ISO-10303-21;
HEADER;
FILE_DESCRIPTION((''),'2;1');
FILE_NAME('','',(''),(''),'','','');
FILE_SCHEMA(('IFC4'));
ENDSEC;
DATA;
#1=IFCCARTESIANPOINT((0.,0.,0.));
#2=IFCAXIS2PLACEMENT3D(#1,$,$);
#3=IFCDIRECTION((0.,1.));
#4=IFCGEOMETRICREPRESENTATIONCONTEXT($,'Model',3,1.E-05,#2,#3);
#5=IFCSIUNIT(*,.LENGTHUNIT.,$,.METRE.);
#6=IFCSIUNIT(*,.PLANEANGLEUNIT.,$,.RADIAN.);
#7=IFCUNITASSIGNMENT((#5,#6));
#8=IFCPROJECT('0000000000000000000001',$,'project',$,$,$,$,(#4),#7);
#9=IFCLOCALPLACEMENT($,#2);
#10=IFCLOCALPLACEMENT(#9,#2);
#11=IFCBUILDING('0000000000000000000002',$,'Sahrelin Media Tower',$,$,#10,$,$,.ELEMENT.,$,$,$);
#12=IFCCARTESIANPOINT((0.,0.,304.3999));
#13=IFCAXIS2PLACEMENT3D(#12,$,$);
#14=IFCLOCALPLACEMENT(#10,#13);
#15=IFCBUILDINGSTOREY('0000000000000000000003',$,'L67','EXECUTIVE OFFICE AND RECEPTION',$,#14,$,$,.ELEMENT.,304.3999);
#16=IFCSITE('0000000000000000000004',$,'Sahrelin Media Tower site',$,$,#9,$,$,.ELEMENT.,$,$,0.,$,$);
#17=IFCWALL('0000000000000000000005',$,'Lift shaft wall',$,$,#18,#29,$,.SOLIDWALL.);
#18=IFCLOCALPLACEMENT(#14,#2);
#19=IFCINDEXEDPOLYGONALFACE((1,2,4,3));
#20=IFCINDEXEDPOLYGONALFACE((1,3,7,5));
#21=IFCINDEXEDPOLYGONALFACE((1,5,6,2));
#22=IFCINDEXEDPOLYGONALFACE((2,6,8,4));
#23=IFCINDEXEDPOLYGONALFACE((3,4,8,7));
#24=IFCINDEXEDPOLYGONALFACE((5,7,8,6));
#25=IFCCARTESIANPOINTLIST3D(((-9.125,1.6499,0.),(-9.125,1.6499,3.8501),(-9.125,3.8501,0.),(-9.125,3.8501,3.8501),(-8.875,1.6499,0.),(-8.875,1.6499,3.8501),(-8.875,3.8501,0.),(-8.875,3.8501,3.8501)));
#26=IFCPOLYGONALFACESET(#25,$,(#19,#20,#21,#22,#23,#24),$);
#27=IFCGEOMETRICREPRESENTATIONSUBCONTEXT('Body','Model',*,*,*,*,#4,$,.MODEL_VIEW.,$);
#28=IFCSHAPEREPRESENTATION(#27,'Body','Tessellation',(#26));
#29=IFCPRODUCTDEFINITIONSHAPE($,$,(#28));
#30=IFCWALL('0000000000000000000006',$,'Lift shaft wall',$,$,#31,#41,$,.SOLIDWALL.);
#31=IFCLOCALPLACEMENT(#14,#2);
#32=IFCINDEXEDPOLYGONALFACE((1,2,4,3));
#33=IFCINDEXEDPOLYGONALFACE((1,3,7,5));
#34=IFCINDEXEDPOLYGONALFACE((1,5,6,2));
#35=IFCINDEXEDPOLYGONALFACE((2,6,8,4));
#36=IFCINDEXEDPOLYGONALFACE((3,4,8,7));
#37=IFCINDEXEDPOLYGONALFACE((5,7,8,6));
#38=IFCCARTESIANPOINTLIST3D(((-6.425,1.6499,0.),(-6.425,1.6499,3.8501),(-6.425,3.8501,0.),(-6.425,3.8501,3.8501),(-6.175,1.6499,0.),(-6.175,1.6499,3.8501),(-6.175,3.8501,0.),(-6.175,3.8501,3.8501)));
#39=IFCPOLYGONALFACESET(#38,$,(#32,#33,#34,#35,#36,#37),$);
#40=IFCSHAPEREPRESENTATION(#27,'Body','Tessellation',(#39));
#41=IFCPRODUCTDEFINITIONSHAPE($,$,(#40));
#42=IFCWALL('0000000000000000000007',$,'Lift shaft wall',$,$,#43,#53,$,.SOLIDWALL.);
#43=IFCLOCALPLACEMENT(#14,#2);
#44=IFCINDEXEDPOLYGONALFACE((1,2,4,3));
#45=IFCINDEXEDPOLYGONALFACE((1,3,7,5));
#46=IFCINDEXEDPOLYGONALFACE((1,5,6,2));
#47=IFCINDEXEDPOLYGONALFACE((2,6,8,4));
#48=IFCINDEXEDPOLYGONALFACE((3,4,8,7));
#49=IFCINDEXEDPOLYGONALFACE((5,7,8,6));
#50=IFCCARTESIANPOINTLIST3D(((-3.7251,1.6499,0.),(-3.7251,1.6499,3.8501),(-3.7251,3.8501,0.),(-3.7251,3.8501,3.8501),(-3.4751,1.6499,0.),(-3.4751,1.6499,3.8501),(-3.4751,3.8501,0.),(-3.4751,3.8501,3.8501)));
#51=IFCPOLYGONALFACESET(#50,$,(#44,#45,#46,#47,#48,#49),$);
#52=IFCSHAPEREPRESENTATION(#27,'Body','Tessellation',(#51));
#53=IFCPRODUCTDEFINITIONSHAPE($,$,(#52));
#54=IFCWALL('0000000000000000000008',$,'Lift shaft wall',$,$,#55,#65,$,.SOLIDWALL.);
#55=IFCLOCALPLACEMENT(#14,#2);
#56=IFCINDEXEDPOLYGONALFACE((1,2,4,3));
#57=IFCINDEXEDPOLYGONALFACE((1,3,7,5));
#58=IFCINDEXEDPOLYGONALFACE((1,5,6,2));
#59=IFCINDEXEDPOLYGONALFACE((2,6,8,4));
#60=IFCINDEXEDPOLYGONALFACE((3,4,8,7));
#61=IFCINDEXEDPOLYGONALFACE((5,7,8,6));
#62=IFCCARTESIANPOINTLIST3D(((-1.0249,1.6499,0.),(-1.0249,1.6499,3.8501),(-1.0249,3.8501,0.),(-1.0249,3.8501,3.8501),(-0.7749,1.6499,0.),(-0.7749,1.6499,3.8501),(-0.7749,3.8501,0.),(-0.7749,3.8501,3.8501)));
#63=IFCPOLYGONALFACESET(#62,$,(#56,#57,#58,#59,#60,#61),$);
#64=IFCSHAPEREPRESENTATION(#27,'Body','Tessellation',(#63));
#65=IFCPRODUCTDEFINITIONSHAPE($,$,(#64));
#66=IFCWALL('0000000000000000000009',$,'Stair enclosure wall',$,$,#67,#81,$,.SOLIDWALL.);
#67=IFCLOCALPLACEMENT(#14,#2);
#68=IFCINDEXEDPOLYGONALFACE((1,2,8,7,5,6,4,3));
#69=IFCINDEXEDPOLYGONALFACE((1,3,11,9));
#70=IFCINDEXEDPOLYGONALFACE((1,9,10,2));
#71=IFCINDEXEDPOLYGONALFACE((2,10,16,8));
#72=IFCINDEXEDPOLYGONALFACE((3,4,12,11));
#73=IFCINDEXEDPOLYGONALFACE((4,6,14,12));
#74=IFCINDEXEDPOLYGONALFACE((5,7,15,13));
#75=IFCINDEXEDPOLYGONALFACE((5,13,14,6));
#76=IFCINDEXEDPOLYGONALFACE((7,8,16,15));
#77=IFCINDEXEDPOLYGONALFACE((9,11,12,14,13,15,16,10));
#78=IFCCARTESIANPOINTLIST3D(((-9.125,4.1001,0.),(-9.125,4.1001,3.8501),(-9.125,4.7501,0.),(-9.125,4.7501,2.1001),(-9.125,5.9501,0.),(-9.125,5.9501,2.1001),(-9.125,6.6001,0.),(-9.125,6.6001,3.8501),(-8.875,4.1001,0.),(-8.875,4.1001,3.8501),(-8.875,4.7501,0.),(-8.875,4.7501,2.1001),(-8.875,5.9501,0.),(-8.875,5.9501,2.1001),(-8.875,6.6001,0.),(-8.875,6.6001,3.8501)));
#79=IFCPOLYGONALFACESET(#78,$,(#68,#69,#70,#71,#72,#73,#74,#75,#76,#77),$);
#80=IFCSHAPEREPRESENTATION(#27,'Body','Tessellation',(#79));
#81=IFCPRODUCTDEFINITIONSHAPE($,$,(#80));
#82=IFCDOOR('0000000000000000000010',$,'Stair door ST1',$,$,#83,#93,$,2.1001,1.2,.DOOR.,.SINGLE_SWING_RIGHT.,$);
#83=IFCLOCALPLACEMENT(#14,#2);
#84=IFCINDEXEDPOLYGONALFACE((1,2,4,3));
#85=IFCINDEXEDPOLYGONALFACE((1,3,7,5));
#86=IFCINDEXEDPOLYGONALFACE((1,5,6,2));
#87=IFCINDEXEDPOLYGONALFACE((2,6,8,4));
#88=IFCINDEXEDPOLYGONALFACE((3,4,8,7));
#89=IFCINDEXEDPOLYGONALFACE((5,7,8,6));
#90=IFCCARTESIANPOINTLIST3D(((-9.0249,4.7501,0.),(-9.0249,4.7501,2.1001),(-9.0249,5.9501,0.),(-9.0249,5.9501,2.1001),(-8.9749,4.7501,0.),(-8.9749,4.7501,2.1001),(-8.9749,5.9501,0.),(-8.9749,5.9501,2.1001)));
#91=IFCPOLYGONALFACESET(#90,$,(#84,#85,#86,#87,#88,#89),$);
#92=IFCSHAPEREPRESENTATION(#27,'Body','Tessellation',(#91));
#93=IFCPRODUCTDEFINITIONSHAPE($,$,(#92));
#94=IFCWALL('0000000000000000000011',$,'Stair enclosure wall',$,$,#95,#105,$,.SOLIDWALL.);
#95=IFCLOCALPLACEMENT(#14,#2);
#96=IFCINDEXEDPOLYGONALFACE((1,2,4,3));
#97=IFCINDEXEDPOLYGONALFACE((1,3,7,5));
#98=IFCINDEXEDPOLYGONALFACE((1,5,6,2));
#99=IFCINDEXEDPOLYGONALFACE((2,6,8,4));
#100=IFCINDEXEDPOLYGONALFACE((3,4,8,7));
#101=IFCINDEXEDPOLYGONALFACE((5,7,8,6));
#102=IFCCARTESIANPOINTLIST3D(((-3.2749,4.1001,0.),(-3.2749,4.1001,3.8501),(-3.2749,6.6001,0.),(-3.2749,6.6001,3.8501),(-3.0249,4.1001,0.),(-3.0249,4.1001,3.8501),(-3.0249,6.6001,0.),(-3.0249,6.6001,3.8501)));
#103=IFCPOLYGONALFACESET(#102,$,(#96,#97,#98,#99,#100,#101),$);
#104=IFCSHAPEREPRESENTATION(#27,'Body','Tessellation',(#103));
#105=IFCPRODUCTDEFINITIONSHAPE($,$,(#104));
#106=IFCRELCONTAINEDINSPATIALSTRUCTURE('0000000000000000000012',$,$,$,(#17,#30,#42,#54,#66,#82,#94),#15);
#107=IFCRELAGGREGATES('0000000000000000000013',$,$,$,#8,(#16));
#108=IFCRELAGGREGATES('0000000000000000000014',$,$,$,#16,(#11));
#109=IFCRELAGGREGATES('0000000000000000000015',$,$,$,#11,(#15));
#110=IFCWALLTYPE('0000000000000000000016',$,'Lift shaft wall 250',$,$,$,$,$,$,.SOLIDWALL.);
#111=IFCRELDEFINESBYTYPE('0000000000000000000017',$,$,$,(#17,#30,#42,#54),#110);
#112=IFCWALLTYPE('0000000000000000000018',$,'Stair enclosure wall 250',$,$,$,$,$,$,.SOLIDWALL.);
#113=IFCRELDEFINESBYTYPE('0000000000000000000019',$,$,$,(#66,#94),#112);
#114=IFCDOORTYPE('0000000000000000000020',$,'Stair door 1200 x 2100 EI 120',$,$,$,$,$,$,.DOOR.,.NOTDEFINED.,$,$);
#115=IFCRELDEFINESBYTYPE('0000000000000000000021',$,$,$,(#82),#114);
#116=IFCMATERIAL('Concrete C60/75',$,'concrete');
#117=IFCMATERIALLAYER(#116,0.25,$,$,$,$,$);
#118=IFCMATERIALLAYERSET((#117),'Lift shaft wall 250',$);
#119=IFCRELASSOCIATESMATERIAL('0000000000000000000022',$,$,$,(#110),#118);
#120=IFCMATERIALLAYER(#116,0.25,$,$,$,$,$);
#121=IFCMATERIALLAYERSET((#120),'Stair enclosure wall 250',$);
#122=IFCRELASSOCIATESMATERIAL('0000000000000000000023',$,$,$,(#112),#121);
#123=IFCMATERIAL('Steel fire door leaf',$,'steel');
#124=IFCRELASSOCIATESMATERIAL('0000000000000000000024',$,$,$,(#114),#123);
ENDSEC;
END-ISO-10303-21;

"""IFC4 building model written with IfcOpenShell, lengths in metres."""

from ifc_helpers import new_model, si_unit, direction, frame, frame_2d, origin, place, context, subcontext, project, spatial, rectangle, extrude, material, layer, layer_set, type_object, element, fill, save


model = new_model("IFC4")

# Units and contexts
model_context = context("Model", 3, precision=1e-05, world=origin(), true_north=direction((0.0, 1.0)))
body_context = subcontext(model_context, "Body", "Model", "MODEL_VIEW")
ifc_project = project(units=[si_unit("LENGTHUNIT", "METRE"), si_unit("PLANEANGLEUNIT", "RADIAN")], contexts=[model_context])

# Site, building, storey
site_placement = place(None, origin())
site = spatial("IfcSite", under=ifc_project, at=site_placement, Name="Sahrelin Media Tower site", CompositionType="ELEMENT", RefElevation=0.0)
building_placement = place(site_placement, origin())
building = spatial("IfcBuilding", under=site, at=building_placement, Name="Sahrelin Media Tower", CompositionType="ELEMENT")
storey_placement = place(building_placement, frame((0.0, 0.0, 304.3999)))
storey = spatial("IfcBuildingStorey", under=building, at=storey_placement, Name="L67", Description="EXECUTIVE OFFICE AND RECEPTION", CompositionType="ELEMENT", Elevation=304.3999)

# Shared definitions
ifc_material_1 = material(Name="Concrete C60/75", Category="concrete")

# Shared definitions
ifc_material_2 = material(Name="Steel fire door leaf", Category="steel")

# Shared definitions
ifc_layer_1 = layer(ifc_material_1, 0.25)
ifc_layer_set_1 = layer_set([ifc_layer_1], Name="Lift shaft wall 250")
wall_type_1 = type_object("IfcWallType", Name="Lift shaft wall 250", PredefinedType="SOLIDWALL", material=ifc_layer_set_1)

# Walls
for number, where, z_axis, x_axis, name in (
    (1, (-9.0, 1.6499, 0.0), (0.0, 0.0, 1.0), (0.0, 1.0, 0.0), "Lift shaft wall"),
    (2, (-6.3, 1.6499, 0.0), (0.0, 0.0, 1.0), (0.0, 1.0, 0.0), "Lift shaft wall"),
    (3, (-3.6001, 1.6499, 0.0), (0.0, 0.0, 1.0), (0.0, 1.0, 0.0), "Lift shaft wall"),
    (4, (-0.8999, 1.6499, 0.0), (0.0, 0.0, 1.0), (0.0, 1.0, 0.0), "Lift shaft wall"),
):
    element("IfcWall", number, at=place(storey_placement, frame(where, z_axis=z_axis, x_axis=x_axis)), inside=storey, type_object=wall_type_1, Name=name, PredefinedType="SOLIDWALL", context=body_context, shape_type="SweptSolid", body=[
        extrude(rectangle(XDim=2.2002, YDim=0.25, at=frame_2d((1.1001, 0.0))), origin(), (0.0, 0.0, 1.0), 3.8501),
    ])

# Wall, opening, door
ifc_layer_2 = layer(ifc_material_1, 0.25)
ifc_layer_set_2 = layer_set([ifc_layer_2], Name="Stair enclosure wall 250")
wall_type_2 = type_object("IfcWallType", Name="Stair enclosure wall 250", PredefinedType="SOLIDWALL", material=ifc_layer_set_2)
wall_1_placement = place(storey_placement, frame((-9.0, 4.1001, 0.0), z_axis=(0.0, 0.0, 1.0), x_axis=(0.0, 1.0, 0.0)))
wall_1 = element("IfcWall", 5, at=wall_1_placement, inside=storey, type_object=wall_type_2, Name="Stair enclosure wall", PredefinedType="SOLIDWALL", context=body_context, shape_type="SweptSolid", body=[
    extrude(rectangle(XDim=2.5, YDim=0.25, at=frame_2d((1.25, 0.0))), origin(), (0.0, 0.0, 1.0), 3.8501),
])
opening_1_placement = place(wall_1_placement, frame((0.6499, 0.0, 0.0)))
opening_1 = element("IfcOpeningElement", 6, at=opening_1_placement, cuts=wall_1, PredefinedType="OPENING", context=body_context, shape_type="SweptSolid", body=[
    extrude(rectangle(XDim=1.2, YDim=2.1001, at=frame_2d((0.6001, 1.05))), frame((0.0, 0.125, 0.0), z_axis=(0.0, -1.0, 0.0), x_axis=(1.0, 0.0, 0.0)), (0.0, 0.0, 1.0), 0.25),
])
door_type_1 = type_object("IfcDoorType", Name="Stair door 1200 x 2100 EI 120", OperationType="NOTDEFINED", PredefinedType="DOOR", material=ifc_material_2)
door_1_placement = place(opening_1_placement, origin())
door_1 = element("IfcDoor", 7, at=door_1_placement, inside=storey, type_object=door_type_1, Name="Stair door ST1", OperationType="SINGLE_SWING_RIGHT", OverallHeight=2.1001, OverallWidth=1.2, PredefinedType="DOOR", context=body_context, shape_type="SweptSolid", body=[
    extrude(rectangle(XDim=1.2, YDim=2.1001, at=frame_2d((0.6001, 1.05))), frame((0.0, 0.0249, 0.0), z_axis=(0.0, -1.0, 0.0), x_axis=(1.0, 0.0, 0.0)), (0.0, 0.0, 1.0), 0.05),
])
fill(opening_1, door_1)

# Wall
wall_2_placement = place(storey_placement, frame((-3.1499, 4.1001, 0.0), z_axis=(0.0, 0.0, 1.0), x_axis=(0.0, 1.0, 0.0)))
element("IfcWall", 8, at=wall_2_placement, inside=storey, type_object=wall_type_2, Name="Stair enclosure wall", PredefinedType="SOLIDWALL", context=body_context, shape_type="SweptSolid", body=[
    extrude(rectangle(XDim=2.5, YDim=0.25, at=frame_2d((1.25, 0.0))), origin(), (0.0, 0.0, 1.0), 3.8501),
])

save(model, "model.ifc")
